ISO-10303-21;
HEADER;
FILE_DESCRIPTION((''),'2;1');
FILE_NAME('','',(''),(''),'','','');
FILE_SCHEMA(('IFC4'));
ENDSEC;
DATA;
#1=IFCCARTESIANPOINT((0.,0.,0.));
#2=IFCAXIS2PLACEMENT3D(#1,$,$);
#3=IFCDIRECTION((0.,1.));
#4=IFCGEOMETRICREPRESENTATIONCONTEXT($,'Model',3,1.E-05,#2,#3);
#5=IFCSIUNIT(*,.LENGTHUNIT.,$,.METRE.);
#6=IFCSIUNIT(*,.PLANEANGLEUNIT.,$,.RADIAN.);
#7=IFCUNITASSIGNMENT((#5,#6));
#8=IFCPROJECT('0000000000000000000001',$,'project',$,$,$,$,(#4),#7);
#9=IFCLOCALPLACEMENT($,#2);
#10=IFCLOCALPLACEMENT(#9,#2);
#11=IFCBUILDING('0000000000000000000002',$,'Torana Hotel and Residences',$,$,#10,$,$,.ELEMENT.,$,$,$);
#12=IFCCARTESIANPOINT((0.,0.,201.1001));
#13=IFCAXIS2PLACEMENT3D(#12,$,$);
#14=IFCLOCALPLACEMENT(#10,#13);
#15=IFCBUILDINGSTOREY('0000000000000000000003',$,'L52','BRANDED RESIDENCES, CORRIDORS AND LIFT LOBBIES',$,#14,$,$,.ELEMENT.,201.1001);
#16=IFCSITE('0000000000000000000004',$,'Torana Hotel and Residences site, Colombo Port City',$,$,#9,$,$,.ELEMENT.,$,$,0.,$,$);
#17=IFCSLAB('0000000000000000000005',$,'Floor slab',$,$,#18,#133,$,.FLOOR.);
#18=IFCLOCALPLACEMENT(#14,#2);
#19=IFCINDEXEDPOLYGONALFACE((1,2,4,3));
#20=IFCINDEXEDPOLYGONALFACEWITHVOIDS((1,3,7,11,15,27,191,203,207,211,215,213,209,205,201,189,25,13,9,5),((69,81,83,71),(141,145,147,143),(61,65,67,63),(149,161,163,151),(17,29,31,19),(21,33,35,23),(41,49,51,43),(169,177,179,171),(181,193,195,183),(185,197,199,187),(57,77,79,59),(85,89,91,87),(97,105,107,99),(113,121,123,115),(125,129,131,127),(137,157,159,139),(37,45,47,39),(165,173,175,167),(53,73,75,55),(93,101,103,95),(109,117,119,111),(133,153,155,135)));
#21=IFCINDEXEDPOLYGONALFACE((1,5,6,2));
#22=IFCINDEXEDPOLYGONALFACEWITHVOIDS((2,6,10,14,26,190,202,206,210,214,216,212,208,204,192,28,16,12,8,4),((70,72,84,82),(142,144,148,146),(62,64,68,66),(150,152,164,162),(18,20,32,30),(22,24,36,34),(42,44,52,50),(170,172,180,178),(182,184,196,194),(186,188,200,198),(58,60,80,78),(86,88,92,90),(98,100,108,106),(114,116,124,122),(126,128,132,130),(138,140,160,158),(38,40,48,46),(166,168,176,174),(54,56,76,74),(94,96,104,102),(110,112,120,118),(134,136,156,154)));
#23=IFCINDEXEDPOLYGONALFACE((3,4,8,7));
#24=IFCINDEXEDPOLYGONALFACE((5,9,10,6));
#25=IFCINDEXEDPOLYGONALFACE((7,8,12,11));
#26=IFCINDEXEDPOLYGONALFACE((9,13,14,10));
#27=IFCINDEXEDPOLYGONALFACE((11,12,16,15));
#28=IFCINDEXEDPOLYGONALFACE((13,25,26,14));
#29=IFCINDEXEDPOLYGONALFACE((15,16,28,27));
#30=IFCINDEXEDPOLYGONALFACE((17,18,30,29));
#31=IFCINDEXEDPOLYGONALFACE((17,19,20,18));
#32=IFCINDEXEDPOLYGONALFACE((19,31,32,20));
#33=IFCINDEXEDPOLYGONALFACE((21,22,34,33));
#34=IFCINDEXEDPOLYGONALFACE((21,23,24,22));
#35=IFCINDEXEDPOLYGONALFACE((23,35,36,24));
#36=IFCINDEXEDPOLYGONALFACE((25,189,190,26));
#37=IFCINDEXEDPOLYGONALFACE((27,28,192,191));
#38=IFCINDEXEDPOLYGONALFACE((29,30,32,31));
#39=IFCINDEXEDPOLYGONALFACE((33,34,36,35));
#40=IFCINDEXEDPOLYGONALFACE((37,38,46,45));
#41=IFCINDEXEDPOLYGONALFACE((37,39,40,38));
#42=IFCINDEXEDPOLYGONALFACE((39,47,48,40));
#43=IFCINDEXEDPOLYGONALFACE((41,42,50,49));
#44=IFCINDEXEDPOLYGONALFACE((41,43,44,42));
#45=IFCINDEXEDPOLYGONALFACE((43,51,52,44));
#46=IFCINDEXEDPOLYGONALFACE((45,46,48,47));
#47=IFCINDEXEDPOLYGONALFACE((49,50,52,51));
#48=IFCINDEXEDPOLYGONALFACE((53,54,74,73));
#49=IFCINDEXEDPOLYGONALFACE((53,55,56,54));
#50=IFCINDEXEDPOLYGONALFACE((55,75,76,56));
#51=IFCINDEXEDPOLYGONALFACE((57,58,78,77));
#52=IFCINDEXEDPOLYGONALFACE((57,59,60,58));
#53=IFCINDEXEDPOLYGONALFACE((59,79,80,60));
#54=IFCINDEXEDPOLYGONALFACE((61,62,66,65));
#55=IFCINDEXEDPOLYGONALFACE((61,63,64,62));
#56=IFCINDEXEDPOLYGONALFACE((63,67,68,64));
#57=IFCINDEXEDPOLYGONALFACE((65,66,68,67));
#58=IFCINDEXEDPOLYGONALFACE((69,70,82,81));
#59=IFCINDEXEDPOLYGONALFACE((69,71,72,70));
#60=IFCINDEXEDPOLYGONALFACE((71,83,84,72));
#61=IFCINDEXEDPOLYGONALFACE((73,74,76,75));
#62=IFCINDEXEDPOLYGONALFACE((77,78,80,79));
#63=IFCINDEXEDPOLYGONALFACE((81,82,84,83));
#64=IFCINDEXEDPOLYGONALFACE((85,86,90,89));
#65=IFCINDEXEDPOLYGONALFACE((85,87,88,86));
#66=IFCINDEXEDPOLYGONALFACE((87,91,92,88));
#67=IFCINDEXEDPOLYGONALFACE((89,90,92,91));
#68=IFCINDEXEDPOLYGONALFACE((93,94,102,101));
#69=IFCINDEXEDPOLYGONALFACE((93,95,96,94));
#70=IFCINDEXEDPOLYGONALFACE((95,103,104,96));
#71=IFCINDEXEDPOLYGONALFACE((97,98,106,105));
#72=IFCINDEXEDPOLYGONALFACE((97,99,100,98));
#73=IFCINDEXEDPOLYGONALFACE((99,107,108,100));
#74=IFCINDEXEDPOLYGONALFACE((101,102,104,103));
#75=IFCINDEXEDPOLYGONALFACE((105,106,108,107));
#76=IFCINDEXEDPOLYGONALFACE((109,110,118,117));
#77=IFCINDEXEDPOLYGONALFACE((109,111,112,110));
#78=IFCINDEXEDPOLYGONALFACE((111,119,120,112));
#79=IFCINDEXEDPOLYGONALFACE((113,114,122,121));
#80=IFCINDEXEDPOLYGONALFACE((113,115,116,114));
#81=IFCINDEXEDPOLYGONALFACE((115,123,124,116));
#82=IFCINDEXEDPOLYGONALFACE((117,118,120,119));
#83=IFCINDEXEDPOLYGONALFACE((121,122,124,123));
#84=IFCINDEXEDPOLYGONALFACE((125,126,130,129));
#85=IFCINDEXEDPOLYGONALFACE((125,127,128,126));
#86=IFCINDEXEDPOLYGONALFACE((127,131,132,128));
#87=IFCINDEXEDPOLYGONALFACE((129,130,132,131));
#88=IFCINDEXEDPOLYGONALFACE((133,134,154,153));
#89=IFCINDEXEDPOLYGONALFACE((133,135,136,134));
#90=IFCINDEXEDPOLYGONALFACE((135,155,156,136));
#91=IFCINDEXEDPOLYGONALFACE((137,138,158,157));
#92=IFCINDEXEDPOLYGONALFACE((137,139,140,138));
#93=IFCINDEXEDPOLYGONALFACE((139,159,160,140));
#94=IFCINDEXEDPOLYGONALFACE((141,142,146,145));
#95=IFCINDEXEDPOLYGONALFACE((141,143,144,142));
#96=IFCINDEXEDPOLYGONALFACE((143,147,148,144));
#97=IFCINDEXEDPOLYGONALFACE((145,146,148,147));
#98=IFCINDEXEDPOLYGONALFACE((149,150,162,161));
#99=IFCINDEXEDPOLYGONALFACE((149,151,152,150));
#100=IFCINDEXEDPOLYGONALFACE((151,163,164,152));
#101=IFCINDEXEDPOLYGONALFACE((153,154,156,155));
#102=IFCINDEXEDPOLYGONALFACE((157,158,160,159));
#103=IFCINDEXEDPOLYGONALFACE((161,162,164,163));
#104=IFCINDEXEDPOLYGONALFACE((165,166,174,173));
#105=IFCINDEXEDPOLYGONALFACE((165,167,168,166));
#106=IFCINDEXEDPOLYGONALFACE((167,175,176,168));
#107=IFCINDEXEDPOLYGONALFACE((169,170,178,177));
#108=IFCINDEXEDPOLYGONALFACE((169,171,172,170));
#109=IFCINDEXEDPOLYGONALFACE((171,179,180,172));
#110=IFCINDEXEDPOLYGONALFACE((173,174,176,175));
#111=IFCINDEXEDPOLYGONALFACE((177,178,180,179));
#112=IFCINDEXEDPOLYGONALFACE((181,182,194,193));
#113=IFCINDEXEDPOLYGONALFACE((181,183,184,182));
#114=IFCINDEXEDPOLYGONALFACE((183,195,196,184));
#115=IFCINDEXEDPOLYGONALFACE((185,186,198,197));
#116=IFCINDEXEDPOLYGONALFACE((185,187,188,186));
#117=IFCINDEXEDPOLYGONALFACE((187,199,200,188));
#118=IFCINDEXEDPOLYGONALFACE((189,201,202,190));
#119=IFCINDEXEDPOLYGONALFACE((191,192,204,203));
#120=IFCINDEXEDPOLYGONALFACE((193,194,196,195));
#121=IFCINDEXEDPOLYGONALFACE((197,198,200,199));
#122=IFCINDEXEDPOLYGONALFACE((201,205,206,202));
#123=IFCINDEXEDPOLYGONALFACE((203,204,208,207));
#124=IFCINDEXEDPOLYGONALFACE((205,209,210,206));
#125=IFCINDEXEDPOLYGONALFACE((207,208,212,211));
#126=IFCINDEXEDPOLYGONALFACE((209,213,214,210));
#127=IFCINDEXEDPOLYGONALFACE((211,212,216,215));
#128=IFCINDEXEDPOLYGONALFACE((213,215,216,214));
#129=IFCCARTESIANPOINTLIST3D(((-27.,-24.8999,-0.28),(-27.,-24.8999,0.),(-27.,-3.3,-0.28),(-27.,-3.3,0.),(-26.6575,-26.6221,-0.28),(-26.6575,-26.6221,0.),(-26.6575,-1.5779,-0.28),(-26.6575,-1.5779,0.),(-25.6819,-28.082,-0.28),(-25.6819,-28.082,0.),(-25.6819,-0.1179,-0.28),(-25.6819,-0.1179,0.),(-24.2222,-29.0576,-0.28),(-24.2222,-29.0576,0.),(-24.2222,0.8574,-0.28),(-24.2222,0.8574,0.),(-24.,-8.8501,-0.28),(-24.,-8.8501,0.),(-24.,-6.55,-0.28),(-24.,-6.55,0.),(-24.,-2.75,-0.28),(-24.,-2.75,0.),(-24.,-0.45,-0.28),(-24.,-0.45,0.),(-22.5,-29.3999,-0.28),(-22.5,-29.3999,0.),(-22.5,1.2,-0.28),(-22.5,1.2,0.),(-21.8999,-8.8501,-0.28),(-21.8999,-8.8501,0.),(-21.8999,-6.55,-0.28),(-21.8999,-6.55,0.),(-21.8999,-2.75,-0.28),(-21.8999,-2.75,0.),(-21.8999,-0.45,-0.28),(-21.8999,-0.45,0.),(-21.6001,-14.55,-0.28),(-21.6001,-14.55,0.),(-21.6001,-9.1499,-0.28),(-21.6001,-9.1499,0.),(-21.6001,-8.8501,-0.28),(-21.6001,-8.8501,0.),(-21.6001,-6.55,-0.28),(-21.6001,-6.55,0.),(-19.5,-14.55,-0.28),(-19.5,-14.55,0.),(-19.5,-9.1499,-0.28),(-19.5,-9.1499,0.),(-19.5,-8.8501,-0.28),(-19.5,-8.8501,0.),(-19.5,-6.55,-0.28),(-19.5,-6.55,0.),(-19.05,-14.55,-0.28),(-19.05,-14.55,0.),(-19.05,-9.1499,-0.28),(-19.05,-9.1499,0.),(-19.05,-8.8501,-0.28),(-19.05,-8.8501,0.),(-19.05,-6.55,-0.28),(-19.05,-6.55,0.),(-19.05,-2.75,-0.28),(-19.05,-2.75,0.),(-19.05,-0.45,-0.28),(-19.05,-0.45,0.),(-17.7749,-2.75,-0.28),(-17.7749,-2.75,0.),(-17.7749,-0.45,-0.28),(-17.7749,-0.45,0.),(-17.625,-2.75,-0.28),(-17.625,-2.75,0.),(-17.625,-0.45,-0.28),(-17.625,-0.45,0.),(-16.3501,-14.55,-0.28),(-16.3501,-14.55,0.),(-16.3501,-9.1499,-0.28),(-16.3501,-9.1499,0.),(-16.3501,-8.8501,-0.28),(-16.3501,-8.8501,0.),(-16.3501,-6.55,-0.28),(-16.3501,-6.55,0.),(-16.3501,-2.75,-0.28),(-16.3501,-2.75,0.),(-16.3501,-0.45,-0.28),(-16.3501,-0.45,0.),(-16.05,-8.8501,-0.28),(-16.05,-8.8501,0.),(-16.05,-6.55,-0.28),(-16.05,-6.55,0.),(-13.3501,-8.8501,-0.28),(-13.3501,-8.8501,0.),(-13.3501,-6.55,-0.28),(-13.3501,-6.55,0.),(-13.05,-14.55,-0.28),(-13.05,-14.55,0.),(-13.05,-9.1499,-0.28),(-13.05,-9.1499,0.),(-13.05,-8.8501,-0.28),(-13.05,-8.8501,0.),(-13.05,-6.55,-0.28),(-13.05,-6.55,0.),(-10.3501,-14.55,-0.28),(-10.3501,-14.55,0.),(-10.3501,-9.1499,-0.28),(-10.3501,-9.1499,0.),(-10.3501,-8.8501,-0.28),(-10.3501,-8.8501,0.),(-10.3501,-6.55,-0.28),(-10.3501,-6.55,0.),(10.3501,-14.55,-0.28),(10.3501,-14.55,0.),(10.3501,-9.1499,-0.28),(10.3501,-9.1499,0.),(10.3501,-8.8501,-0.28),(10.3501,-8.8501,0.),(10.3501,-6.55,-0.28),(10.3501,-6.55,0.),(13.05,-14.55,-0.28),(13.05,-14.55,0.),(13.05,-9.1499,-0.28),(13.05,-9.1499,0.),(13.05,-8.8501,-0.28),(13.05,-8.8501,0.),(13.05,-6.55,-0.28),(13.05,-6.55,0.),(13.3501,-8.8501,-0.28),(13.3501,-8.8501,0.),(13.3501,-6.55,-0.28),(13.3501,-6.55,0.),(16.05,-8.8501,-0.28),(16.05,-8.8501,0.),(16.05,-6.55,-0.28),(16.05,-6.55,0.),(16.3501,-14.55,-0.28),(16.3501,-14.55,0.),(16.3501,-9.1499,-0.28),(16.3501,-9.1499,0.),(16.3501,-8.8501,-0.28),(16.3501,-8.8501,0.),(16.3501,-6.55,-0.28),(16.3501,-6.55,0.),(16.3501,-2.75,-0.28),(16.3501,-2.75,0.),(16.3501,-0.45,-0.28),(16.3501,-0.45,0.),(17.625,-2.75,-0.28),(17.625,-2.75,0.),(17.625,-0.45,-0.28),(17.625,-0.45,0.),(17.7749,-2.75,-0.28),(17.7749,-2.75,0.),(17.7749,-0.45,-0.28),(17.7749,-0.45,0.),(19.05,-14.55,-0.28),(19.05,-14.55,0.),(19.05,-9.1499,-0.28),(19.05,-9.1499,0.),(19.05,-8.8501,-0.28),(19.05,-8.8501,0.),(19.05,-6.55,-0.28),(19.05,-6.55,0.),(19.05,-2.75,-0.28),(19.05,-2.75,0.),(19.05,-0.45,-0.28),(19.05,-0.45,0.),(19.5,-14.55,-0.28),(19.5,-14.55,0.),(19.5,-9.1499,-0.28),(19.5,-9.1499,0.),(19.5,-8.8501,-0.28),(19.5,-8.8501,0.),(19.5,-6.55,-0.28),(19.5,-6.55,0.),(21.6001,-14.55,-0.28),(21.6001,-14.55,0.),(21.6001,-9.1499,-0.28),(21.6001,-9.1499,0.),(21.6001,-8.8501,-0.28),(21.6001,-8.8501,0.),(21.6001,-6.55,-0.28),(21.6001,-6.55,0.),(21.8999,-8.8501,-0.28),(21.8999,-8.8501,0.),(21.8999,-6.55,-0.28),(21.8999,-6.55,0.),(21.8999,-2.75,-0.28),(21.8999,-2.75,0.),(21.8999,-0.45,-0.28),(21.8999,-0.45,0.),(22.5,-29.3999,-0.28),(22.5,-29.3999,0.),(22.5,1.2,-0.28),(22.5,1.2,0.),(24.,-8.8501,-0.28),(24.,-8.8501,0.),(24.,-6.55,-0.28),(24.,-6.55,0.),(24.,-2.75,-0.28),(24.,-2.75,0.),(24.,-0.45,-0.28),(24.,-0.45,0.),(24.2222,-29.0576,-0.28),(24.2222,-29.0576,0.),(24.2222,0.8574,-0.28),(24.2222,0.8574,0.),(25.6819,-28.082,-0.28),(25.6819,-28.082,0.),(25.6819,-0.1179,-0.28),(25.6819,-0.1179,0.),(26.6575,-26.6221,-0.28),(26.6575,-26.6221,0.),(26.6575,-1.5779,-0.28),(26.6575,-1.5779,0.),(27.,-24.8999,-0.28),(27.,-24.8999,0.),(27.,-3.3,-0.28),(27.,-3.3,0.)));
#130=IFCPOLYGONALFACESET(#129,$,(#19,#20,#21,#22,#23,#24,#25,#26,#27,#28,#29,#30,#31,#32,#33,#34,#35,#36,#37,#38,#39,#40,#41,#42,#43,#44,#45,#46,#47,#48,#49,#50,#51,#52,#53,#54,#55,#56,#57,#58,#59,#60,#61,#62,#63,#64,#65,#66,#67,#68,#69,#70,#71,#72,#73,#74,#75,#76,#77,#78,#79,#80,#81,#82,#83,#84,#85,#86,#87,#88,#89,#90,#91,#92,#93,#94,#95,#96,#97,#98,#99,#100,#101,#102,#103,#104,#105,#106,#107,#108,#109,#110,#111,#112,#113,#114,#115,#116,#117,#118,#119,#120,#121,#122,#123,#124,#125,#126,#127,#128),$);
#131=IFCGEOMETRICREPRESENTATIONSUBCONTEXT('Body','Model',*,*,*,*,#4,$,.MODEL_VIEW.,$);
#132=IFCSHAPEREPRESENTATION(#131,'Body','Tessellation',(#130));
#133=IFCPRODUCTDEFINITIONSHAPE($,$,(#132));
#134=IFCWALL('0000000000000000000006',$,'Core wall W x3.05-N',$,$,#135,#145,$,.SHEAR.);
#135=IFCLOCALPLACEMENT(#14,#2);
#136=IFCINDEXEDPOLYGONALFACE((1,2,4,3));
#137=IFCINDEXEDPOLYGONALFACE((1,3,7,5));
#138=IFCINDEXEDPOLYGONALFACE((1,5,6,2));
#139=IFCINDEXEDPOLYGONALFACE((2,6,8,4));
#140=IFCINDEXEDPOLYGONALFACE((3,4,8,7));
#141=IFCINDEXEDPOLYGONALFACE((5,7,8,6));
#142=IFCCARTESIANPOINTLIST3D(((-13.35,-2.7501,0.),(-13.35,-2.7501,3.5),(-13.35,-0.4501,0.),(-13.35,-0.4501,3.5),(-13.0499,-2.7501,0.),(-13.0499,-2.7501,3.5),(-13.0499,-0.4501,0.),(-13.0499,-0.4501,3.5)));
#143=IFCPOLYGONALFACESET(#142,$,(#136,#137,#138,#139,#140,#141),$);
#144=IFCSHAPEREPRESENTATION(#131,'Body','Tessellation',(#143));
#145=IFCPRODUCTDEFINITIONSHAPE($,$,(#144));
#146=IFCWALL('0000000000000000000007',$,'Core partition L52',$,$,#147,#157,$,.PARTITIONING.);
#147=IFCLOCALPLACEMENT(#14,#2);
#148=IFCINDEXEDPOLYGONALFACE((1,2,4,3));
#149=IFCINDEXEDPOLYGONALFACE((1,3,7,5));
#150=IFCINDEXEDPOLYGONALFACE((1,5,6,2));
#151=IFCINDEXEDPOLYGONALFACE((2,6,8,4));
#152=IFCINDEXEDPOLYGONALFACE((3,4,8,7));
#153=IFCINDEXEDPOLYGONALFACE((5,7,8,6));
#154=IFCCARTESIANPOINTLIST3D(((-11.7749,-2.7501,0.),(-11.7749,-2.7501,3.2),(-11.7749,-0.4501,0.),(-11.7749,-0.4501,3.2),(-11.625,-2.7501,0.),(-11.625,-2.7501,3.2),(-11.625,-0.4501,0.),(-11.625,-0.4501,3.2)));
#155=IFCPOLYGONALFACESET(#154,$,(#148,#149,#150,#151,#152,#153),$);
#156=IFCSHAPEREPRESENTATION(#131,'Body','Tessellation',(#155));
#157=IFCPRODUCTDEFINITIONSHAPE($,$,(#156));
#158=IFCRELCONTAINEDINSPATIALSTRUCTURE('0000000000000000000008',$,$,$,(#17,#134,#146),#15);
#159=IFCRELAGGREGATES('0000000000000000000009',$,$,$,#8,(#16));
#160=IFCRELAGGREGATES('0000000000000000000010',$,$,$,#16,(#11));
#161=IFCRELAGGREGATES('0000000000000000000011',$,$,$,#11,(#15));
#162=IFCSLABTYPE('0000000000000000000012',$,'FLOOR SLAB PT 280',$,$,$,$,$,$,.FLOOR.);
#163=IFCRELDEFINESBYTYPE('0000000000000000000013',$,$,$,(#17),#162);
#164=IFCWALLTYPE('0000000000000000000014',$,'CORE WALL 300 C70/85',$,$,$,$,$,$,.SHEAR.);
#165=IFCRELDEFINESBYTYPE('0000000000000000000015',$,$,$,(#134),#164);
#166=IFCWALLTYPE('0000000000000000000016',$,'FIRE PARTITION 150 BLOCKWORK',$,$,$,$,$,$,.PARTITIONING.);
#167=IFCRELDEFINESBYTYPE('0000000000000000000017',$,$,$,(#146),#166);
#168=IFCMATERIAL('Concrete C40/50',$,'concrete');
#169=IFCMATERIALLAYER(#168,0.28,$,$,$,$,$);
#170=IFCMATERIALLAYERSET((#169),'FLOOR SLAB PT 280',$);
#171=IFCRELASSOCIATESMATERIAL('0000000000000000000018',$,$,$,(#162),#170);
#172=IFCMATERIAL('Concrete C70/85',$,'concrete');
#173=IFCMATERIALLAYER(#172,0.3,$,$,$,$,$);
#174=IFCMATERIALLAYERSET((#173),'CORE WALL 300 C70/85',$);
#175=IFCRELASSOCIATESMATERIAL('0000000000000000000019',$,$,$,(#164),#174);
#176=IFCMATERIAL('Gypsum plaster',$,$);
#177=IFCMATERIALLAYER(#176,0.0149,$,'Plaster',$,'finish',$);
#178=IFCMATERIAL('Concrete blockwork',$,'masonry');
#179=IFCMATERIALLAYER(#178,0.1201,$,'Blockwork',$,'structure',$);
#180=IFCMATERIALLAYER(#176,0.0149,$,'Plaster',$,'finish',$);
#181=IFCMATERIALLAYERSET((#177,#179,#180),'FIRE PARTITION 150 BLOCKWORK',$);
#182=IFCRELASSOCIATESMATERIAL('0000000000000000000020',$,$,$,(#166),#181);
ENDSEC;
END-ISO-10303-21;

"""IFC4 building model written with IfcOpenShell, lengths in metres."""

from ifc_helpers import new_model, si_unit, direction, frame, frame_2d, origin, place, context, subcontext, project, spatial, polyline, rectangle, outline, extrude, material, layer, layer_set, type_object, element, save


model = new_model("IFC4")

# Units and contexts
model_context = context("Model", 3, precision=1e-05, world=origin(), true_north=direction((0.0, 1.0)))
body_context = subcontext(model_context, "Body", "Model", "MODEL_VIEW")
ifc_project = project(units=[si_unit("LENGTHUNIT", "METRE"), si_unit("PLANEANGLEUNIT", "RADIAN")], contexts=[model_context])

# Site, building, storey
site_placement = place(None, origin())
site = spatial("IfcSite", under=ifc_project, at=site_placement, Name="Torana Hotel and Residences site, Colombo Port City", CompositionType="ELEMENT", RefElevation=0.0)
building_placement = place(site_placement, origin())
building = spatial("IfcBuilding", under=site, at=building_placement, Name="Torana Hotel and Residences", CompositionType="ELEMENT")
storey_placement = place(building_placement, frame((0.0, 0.0, 201.1001)))
storey = spatial("IfcBuildingStorey", under=building, at=storey_placement, Name="L52", Description="BRANDED RESIDENCES, CORRIDORS AND LIFT LOBBIES", CompositionType="ELEMENT", Elevation=201.1001)

# Slab
ifc_material_1 = material(Name="Concrete C40/50", Category="concrete")
ifc_layer_1 = layer(ifc_material_1, 0.28)
ifc_layer_set_1 = layer_set([ifc_layer_1], Name="FLOOR SLAB PT 280")
slab_type_1 = type_object("IfcSlabType", Name="FLOOR SLAB PT 280", PredefinedType="FLOOR", material=ifc_layer_set_1)
slab_1_placement = place(storey_placement, frame((0.0, 0.0, -0.28)))
element("IfcSlab", 1, at=slab_1_placement, inside=storey, type_object=slab_type_1, Name="Floor slab", PredefinedType="FLOOR", context=body_context, shape_type="SweptSolid", body=[
    extrude(outline(polyline([(27.0, -3.3), (26.6575, -1.5779), (25.6819, -0.1179), (24.2222, 0.8574), (22.5, 1.2), (-22.5, 1.2), (-24.2222, 0.8574), (-25.6819, -0.1179), (-26.6575, -1.5779), (-27.0, -3.3), (-27.0, -24.8999), (-26.6575, -26.6221), (-25.6819, -28.082), (-24.2222, -29.0576), (-22.5, -29.3999), (22.5, -29.3999), (24.2222, -29.0576), (25.6819, -28.082), (26.6575, -26.6221), (27.0, -24.8999), (27.0, -3.3)]), holes=[polyline([(-13.05, -14.55), (-10.3501, -14.55), (-10.3501, -9.1499), (-13.05, -9.1499), (-13.05, -14.55)]), polyline([(-19.05, -14.55), (-16.3501, -14.55), (-16.3501, -9.1499), (-19.05, -9.1499), (-19.05, -14.55)]), polyline([(-17.625, -2.75), (-16.3501, -2.75), (-16.3501, -0.45), (-17.625, -0.45), (-17.625, -2.75)]), polyline([(-19.05, -2.75), (-17.7749, -2.75), (-17.7749, -0.45), (-19.05, -0.45), (-19.05, -2.75)]), polyline([(-21.6001, -8.8501), (-19.5, -8.8501), (-19.5, -6.55), (-21.6001, -6.55), (-21.6001, -8.8501)]), polyline([(-24.0, -2.75), (-21.8999, -2.75), (-21.8999, -0.45), (-24.0, -0.45), (-24.0, -2.75)]), polyline([(-24.0, -8.8501), (-21.8999, -8.8501), (-21.8999, -6.55), (-24.0, -6.55), (-24.0, -8.8501)]), polyline([(-13.05, -8.8501), (-10.3501, -8.8501), (-10.3501, -6.55), (-13.05, -6.55), (-13.05, -8.8501)]), polyline([(-16.05, -8.8501), (-13.3501, -8.8501), (-13.3501, -6.55), (-16.05, -6.55), (-16.05, -8.8501)]), polyline([(-19.05, -8.8501), (-16.3501, -8.8501), (-16.3501, -6.55), (-19.05, -6.55), (-19.05, -8.8501)]), polyline([(-21.6001, -14.55), (-19.5, -14.55), (-19.5, -9.1499), (-21.6001, -9.1499), (-21.6001, -14.55)]), polyline([(10.3501, -14.55), (13.05, -14.55), (13.05, -9.1499), (10.3501, -9.1499), (10.3501, -14.55)]), polyline([(16.3501, -14.55), (19.05, -14.55), (19.05, -9.1499), (16.3501, -9.1499), (16.3501, -14.55)]), polyline([(16.3501, -2.75), (17.625, -2.75), (17.625, -0.45), (16.3501, -0.45), (16.3501, -2.75)]), polyline([(17.7749, -2.75), (19.05, -2.75), (19.05, -0.45), (17.7749, -0.45), (17.7749, -2.75)]), polyline([(19.5, -8.8501), (21.6001, -8.8501), (21.6001, -6.55), (19.5, -6.55), (19.5, -8.8501)]), polyline([(21.8999, -2.75), (24.0, -2.75), (24.0, -0.45), (21.8999, -0.45), (21.8999, -2.75)]), polyline([(21.8999, -8.8501), (24.0, -8.8501), (24.0, -6.55), (21.8999, -6.55), (21.8999, -8.8501)]), polyline([(10.3501, -8.8501), (13.05, -8.8501), (13.05, -6.55), (10.3501, -6.55), (10.3501, -8.8501)]), polyline([(13.3501, -8.8501), (16.05, -8.8501), (16.05, -6.55), (13.3501, -6.55), (13.3501, -8.8501)]), polyline([(16.3501, -8.8501), (19.05, -8.8501), (19.05, -6.55), (16.3501, -6.55), (16.3501, -8.8501)]), polyline([(19.5, -14.55), (21.6001, -14.55), (21.6001, -9.1499), (19.5, -9.1499), (19.5, -14.55)])]), origin(), (0.0, 0.0, 1.0), 0.28),
])

# Walls
ifc_material_2 = material(Name="Concrete C70/85", Category="concrete")
ifc_layer_2 = layer(ifc_material_2, 0.3)
ifc_layer_set_2 = layer_set([ifc_layer_2], Name="CORE WALL 300 C70/85")
wall_type_1 = type_object("IfcWallType", Name="CORE WALL 300 C70/85", PredefinedType="SHEAR", material=ifc_layer_set_2)
wall_1_placement = place(storey_placement, frame((-13.2, -2.75, 0.0), z_axis=(0.0, 0.0, 1.0), x_axis=(0.0, 1.0, 0.0)))
element("IfcWall", 2, at=wall_1_placement, inside=storey, type_object=wall_type_1, Name="Core wall W x3.05-N", PredefinedType="SHEAR", context=body_context, shape_type="SweptSolid", body=[
    extrude(rectangle(XDim=2.3, YDim=0.3, at=frame_2d((1.1499, 0.0))), origin(), (0.0, 0.0, 1.0), 3.5),
])
ifc_material_3 = material(Name="Gypsum plaster")
ifc_layer_3 = layer(ifc_material_3, 0.0149, Name="Plaster", Category="finish")
ifc_material_4 = material(Name="Concrete blockwork", Category="masonry")
ifc_layer_4 = layer(ifc_material_4, 0.1201, Name="Blockwork", Category="structure")
ifc_layer_5 = layer(ifc_material_3, 0.0149, Name="Plaster", Category="finish")
ifc_layer_set_3 = layer_set([ifc_layer_3, ifc_layer_4, ifc_layer_5], Name="FIRE PARTITION 150 BLOCKWORK")
wall_type_2 = type_object("IfcWallType", Name="FIRE PARTITION 150 BLOCKWORK", PredefinedType="PARTITIONING", material=ifc_layer_set_3)
wall_2_placement = place(storey_placement, frame((-11.7, -2.75, 0.0), z_axis=(0.0, 0.0, 1.0), x_axis=(0.0, 1.0, 0.0)))
element("IfcWall", 3, at=wall_2_placement, inside=storey, type_object=wall_type_2, Name="Core partition L52", PredefinedType="PARTITIONING", context=body_context, shape_type="SweptSolid", body=[
    extrude(rectangle(XDim=2.3, YDim=0.1499, at=frame_2d((1.1499, 0.0))), origin(), (0.0, 0.0, 1.0), 3.2),
])

save(model, "model.ifc")
